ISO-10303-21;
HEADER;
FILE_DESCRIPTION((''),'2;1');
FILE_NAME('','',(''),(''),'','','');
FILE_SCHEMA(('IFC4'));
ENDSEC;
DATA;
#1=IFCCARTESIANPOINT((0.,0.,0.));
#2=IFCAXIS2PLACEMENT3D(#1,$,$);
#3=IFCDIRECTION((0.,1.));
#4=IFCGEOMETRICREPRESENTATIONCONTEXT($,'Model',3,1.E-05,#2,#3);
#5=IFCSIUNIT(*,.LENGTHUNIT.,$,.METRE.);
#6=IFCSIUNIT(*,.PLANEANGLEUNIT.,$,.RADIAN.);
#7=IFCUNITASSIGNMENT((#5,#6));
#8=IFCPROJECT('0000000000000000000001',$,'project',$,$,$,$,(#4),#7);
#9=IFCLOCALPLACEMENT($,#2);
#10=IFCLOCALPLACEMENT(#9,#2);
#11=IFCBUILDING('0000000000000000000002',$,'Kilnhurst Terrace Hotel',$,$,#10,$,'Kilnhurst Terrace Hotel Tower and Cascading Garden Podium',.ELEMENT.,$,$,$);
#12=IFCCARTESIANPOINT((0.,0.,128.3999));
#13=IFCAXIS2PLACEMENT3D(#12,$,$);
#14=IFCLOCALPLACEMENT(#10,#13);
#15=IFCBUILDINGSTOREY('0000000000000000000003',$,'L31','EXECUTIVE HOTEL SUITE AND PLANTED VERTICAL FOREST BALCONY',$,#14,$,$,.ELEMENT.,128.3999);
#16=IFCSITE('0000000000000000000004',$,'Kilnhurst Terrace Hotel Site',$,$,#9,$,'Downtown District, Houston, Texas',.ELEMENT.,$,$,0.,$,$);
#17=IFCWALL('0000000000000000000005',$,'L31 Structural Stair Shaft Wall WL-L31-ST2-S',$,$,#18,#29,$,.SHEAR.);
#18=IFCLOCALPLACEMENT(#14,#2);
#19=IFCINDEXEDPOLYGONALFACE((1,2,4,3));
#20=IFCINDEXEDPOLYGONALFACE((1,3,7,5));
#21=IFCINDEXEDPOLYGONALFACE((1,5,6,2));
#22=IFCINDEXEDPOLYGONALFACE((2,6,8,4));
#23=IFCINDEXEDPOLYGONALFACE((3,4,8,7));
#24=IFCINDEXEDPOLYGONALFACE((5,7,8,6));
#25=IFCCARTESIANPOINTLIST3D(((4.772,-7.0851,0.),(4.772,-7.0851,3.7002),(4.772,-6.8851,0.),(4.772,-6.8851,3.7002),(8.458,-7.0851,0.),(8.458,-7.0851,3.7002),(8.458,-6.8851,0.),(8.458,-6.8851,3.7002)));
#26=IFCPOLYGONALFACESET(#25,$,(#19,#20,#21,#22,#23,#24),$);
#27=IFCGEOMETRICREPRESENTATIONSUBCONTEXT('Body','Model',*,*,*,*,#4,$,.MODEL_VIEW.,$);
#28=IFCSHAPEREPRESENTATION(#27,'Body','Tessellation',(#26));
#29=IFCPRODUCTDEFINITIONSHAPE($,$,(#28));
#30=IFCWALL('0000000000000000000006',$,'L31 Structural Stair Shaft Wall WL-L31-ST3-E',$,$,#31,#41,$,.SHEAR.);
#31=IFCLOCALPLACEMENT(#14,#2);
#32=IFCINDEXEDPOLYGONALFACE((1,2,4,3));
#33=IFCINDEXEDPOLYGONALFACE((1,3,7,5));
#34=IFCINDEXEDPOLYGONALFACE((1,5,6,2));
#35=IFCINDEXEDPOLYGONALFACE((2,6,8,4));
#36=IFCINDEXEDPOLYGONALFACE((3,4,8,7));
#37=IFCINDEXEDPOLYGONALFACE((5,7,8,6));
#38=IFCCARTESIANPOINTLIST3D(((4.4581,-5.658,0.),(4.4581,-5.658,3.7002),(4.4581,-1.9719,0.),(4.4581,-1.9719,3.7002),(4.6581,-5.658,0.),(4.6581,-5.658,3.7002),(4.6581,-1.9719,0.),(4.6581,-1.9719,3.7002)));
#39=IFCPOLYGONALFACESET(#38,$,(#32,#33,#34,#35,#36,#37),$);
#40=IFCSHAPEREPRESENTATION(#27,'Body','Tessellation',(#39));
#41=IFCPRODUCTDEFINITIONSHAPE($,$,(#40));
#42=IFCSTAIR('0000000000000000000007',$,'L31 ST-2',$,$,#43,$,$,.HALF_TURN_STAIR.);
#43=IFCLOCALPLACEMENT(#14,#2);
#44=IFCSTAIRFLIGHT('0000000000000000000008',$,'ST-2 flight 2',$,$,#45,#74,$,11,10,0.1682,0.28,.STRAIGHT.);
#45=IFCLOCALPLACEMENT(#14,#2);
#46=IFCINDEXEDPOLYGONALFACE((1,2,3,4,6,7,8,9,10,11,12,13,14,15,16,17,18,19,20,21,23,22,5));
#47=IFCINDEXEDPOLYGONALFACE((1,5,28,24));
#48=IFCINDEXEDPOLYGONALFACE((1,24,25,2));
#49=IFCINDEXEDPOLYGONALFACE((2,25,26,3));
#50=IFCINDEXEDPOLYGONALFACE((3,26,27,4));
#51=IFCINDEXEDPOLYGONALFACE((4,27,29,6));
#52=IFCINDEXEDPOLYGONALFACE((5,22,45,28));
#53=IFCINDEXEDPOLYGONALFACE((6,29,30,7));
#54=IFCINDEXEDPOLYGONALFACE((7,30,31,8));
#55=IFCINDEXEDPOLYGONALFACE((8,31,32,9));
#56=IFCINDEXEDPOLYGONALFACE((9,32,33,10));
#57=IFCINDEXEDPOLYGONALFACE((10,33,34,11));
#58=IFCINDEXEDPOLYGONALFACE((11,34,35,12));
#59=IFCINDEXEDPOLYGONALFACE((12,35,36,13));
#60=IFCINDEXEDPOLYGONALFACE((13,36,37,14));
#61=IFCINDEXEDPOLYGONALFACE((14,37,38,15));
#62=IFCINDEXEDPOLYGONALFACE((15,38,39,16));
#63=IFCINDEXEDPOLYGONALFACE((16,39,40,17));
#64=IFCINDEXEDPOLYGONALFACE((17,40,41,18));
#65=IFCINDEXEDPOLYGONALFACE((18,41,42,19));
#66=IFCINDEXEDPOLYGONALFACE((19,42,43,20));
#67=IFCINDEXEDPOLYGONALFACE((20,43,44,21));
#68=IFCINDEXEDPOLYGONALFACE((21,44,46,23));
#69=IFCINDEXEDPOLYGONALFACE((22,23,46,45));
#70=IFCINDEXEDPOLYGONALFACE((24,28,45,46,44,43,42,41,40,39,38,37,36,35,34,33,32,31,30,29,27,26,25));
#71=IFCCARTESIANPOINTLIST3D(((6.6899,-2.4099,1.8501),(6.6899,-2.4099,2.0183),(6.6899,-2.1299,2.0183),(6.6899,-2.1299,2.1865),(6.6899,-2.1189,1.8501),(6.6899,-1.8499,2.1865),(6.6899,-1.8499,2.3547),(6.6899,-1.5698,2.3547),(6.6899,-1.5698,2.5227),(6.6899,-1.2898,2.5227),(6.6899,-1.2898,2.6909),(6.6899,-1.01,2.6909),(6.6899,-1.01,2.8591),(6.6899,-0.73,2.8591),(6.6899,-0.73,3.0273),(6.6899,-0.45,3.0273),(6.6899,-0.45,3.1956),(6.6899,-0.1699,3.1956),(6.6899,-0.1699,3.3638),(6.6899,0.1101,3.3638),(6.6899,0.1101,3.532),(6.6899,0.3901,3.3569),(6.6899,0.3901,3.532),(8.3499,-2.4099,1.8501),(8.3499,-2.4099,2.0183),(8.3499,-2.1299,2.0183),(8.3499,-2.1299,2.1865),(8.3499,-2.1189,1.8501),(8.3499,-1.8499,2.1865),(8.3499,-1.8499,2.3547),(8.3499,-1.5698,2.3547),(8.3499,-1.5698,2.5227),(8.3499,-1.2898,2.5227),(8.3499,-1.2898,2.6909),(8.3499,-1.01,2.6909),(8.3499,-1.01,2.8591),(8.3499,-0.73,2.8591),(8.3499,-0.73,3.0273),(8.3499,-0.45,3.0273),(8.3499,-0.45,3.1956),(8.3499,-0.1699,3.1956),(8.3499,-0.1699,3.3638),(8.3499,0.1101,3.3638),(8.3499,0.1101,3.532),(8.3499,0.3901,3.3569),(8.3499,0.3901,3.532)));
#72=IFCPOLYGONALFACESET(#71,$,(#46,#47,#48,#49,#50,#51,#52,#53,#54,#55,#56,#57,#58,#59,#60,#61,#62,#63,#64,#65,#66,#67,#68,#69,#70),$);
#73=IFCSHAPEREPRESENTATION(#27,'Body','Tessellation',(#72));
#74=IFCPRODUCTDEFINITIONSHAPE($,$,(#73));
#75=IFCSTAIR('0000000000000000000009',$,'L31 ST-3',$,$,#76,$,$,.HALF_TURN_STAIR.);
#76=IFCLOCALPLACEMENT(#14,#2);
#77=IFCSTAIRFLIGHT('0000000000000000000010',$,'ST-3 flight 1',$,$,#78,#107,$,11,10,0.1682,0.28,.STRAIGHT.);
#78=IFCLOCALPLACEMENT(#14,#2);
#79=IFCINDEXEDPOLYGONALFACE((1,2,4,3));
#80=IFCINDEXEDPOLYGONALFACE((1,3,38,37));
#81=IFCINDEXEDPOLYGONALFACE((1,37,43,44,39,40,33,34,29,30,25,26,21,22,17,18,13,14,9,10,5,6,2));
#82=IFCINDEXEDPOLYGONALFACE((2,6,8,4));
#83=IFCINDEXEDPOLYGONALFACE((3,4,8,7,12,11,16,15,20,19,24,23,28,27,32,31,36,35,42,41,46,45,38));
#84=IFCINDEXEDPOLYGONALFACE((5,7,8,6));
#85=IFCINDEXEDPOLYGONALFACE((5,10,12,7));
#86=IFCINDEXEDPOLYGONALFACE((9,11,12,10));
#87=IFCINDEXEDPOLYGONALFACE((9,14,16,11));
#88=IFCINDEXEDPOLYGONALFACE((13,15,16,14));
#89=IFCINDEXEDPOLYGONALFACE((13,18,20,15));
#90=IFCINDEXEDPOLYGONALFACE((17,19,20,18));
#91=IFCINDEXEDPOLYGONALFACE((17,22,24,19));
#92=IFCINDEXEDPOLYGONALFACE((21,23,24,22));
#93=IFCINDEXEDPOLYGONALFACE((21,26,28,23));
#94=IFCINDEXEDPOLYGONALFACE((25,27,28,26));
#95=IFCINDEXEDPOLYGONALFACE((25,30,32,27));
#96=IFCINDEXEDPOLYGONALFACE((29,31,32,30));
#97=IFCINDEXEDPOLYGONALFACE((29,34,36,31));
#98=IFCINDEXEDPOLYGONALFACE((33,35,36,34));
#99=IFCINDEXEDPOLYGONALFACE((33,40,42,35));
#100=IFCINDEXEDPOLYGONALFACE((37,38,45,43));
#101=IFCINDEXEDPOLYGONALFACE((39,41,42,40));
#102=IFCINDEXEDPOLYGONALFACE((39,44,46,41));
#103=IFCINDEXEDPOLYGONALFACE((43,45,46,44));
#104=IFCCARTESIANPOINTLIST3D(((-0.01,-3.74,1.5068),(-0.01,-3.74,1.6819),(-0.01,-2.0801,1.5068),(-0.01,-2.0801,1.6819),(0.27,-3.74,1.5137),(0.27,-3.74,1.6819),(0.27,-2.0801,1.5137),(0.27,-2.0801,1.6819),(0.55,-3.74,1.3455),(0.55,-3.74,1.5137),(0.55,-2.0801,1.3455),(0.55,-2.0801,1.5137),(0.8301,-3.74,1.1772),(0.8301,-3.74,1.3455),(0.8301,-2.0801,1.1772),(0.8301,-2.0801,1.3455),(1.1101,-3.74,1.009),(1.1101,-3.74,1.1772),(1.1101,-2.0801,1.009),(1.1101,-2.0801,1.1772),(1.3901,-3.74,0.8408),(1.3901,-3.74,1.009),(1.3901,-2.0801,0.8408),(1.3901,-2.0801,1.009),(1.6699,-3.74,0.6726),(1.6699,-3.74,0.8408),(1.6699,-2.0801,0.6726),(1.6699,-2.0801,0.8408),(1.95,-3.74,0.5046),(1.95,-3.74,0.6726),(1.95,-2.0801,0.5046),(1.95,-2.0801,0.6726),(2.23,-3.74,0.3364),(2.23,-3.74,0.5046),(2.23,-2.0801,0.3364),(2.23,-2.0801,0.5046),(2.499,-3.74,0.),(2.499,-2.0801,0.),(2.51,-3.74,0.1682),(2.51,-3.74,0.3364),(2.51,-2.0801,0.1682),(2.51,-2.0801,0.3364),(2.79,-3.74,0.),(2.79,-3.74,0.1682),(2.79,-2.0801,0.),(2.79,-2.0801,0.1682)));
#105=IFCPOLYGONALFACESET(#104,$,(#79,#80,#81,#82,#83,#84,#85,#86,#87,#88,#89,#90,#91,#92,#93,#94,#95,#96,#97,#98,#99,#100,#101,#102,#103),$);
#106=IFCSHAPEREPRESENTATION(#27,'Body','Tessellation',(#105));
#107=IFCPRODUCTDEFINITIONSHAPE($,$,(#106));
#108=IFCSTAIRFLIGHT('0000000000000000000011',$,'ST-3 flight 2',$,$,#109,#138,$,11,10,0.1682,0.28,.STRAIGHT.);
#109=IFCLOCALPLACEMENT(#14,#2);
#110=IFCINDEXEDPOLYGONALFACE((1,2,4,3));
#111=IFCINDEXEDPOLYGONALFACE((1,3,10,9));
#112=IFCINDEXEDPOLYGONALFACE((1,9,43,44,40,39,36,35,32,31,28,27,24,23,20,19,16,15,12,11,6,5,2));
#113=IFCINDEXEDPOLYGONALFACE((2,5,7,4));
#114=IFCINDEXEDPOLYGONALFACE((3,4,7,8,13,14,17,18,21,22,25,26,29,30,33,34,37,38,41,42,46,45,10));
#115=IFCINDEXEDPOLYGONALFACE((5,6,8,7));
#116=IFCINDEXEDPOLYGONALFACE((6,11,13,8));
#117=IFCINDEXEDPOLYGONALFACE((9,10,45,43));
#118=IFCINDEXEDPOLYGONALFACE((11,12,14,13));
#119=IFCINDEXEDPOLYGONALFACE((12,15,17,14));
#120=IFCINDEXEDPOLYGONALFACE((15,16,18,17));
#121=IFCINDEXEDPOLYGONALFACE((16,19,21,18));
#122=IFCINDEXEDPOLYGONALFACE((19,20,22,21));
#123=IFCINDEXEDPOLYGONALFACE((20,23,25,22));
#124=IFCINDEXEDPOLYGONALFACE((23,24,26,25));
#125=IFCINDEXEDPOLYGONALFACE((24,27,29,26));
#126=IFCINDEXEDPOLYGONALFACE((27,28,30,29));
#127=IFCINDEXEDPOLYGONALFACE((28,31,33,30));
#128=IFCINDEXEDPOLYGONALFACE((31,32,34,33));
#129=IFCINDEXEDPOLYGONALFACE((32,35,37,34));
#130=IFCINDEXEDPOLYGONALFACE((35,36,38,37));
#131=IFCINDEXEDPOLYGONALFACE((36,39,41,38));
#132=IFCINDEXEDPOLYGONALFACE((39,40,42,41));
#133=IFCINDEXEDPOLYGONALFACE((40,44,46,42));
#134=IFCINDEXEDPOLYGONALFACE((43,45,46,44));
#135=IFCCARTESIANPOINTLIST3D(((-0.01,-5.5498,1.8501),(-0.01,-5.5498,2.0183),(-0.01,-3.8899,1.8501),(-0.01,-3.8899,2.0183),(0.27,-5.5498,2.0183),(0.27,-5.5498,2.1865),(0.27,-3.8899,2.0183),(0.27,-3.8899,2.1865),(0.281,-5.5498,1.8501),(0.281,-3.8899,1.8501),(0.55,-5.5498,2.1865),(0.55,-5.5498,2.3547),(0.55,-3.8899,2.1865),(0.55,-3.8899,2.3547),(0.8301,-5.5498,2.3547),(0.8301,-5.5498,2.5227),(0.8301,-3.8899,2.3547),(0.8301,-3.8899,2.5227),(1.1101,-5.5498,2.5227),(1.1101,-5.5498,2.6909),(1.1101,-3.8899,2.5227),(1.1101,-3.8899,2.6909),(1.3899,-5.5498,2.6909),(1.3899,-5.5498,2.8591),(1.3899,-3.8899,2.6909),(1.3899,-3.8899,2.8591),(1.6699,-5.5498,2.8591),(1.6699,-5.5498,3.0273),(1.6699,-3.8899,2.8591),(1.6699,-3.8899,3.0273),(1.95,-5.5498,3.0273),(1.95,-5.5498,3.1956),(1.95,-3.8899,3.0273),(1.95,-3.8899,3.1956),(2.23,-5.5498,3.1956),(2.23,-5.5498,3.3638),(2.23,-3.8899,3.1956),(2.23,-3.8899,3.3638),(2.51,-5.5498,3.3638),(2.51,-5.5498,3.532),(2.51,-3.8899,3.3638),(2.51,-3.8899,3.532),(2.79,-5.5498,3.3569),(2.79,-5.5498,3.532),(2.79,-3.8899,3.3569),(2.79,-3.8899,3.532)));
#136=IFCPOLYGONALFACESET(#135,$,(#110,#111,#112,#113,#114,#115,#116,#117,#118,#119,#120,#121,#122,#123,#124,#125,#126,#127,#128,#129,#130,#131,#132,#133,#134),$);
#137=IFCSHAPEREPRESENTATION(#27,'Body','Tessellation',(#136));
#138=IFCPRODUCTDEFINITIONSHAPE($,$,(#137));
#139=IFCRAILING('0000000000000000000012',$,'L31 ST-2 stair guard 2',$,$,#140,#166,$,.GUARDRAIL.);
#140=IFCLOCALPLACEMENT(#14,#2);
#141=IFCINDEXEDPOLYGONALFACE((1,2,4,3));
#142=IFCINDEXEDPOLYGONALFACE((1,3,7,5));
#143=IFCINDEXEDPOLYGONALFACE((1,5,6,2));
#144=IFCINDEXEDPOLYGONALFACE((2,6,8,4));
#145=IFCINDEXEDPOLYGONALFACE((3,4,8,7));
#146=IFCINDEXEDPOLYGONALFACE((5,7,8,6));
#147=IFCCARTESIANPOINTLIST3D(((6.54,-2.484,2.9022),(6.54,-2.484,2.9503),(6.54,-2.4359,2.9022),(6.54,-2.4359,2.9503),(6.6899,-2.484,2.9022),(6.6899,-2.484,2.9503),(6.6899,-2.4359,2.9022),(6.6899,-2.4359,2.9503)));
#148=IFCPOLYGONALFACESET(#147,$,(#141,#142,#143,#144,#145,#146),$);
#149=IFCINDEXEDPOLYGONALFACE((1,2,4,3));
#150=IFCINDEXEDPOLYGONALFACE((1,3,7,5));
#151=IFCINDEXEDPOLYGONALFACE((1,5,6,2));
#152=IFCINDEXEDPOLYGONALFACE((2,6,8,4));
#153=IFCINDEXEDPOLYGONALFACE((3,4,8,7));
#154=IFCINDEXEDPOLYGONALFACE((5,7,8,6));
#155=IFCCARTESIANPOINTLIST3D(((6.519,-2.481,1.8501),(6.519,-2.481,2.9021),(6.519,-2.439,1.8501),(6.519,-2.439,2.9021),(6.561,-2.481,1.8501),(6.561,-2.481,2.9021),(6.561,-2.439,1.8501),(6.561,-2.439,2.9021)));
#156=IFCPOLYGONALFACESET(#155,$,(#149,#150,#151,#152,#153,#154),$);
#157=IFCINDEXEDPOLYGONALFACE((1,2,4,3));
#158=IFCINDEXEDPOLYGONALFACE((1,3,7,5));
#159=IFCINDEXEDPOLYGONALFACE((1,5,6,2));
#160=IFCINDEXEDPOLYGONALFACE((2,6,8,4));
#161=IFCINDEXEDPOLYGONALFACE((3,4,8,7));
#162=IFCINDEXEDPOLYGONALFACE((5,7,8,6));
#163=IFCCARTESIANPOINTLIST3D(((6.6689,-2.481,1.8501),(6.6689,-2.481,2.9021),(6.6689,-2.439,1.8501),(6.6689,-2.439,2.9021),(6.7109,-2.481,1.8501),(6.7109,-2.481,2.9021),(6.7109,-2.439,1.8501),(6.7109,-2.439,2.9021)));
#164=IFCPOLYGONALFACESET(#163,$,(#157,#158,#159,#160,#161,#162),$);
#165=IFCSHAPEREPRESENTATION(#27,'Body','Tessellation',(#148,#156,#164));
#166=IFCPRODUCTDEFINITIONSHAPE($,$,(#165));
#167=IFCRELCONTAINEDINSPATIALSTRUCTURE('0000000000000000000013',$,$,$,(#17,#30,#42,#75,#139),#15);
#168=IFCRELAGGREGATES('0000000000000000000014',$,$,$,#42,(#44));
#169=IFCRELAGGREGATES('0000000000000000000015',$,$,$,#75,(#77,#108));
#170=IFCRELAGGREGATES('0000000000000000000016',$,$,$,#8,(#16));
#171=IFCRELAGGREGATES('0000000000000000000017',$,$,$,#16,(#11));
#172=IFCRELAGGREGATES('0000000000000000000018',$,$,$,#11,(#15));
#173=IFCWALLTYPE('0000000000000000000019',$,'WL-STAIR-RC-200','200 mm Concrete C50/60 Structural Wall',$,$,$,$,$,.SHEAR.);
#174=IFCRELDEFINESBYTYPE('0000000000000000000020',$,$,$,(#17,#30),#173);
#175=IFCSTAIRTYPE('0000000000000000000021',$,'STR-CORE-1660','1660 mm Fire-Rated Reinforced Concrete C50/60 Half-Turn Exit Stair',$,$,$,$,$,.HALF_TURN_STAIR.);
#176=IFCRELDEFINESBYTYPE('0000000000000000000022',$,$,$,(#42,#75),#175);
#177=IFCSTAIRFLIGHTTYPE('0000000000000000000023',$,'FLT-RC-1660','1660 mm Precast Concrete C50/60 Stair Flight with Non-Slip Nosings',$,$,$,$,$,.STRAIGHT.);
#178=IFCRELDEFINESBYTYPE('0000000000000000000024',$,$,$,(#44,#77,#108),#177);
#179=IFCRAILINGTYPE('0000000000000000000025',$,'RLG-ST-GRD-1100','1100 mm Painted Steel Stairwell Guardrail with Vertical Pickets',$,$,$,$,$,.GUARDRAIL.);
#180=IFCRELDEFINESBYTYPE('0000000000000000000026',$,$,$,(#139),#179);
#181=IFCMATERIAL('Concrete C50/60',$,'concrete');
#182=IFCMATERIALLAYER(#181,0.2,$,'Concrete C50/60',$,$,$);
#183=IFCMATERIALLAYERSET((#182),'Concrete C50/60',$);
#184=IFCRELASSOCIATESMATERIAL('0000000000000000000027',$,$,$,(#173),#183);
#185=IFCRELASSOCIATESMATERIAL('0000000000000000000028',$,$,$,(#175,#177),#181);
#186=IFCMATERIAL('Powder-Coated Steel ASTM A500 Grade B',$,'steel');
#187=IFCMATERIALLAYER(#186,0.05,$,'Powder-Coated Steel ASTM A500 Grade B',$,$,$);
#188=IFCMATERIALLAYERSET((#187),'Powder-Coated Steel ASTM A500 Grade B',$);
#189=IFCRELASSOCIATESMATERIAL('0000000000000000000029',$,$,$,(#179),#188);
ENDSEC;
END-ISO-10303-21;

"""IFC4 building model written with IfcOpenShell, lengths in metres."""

from ifc_helpers import new_model, si_unit, direction, frame, frame_2d, origin, origin_2d, place, context, subcontext, project, spatial, polyline, rectangle, outline, extrude, material, layer, layer_set, type_object, element, aggregate, save


model = new_model("IFC4")

# Units and contexts
model_context = context("Model", 3, precision=1e-05, world=origin(), true_north=direction((0.0, 1.0)))
body_context = subcontext(model_context, "Body", "Model", "MODEL_VIEW")
ifc_project = project(units=[si_unit("LENGTHUNIT", "METRE"), si_unit("PLANEANGLEUNIT", "RADIAN")], contexts=[model_context])

# Site, building, storey
site_placement = place(None, origin())
site = spatial("IfcSite", under=ifc_project, at=site_placement, Name="Kilnhurst Terrace Hotel Site", LongName="Downtown District, Houston, Texas", CompositionType="ELEMENT", RefElevation=0.0)
building_placement = place(site_placement, origin())
building = spatial("IfcBuilding", under=site, at=building_placement, Name="Kilnhurst Terrace Hotel", LongName="Kilnhurst Terrace Hotel Tower and Cascading Garden Podium", CompositionType="ELEMENT")
storey_placement = place(building_placement, frame((0.0, 0.0, 128.3999)))
storey = spatial("IfcBuildingStorey", under=building, at=storey_placement, Name="L31", Description="EXECUTIVE HOTEL SUITE AND PLANTED VERTICAL FOREST BALCONY", CompositionType="ELEMENT", Elevation=128.3999)

# Shared definitions
ifc_material_1 = material(Name="Concrete C50/60", Category="concrete")

# Walls
ifc_layer_1 = layer(ifc_material_1, 0.2, Name="Concrete C50/60")
ifc_layer_set_1 = layer_set([ifc_layer_1], Name="Concrete C50/60")
wall_type_1 = type_object("IfcWallType", Name="WL-STAIR-RC-200", Description="200 mm Concrete C50/60 Structural Wall", PredefinedType="SHEAR", material=ifc_layer_set_1)
for number, where, z_axis, x_axis, name in (
    (1, (4.772, -6.9851, 0.0), (0.0, 0.0, 1.0), (1.0, 0.0, 0.0), "L31 Structural Stair Shaft Wall WL-L31-ST2-S"),
    (2, (4.5581, -5.658, 0.0), (0.0, 0.0, 1.0), (0.0, 1.0, 0.0), "L31 Structural Stair Shaft Wall WL-L31-ST3-E"),
):
    element("IfcWall", number, at=place(storey_placement, frame(where, z_axis=z_axis, x_axis=x_axis)), inside=storey, type_object=wall_type_1, Name=name, PredefinedType="SHEAR", context=body_context, shape_type="SweptSolid", body=[
        extrude(rectangle(XDim=3.686, YDim=0.2, at=frame_2d((1.843, 0.0))), origin(), (0.0, 0.0, 1.0), 3.7002),
    ])

# Stair, stair flight
stair_type = type_object("IfcStairType", Name="STR-CORE-1660", Description="1660 mm Fire-Rated Reinforced Concrete C50/60 Half-Turn Exit Stair", PredefinedType="HALF_TURN_STAIR", material=ifc_material_1)
stair_1_placement = place(storey_placement, origin())
stair_1 = element("IfcStair", 3, at=stair_1_placement, inside=storey, type_object=stair_type, Name="L31 ST-2", PredefinedType="HALF_TURN_STAIR")
stair_flight_type = type_object("IfcStairFlightType", Name="FLT-RC-1660", Description="1660 mm Precast Concrete C50/60 Stair Flight with Non-Slip Nosings", PredefinedType="STRAIGHT", material=ifc_material_1)
stair_flight_1_placement = place(storey_placement, frame((7.52, -2.4099, 1.8501), z_axis=(0.0, 0.0, 1.0), x_axis=(0.0, 1.0, 0.0)))
stair_flight_1 = element("IfcStairFlight", 4, at=stair_flight_1_placement, type_object=stair_flight_type, Name="ST-2 flight 2", NumberOfRisers=11, NumberOfTreads=10, PredefinedType="STRAIGHT", RiserHeight=0.1682, TreadLength=0.28, context=body_context, shape_type="SweptSolid", body=[
    extrude(outline(polyline([(0.0, 0.0), (0.0, 0.1682), (0.28, 0.1682), (0.28, 0.3364), (0.5601, 0.3364), (0.5601, 0.5046), (0.8401, 0.5046), (0.8401, 0.6726), (1.1201, 0.6726), (1.1201, 0.8408), (1.3999, 0.8408), (1.3999, 1.009), (1.6799, 1.009), (1.6799, 1.1772), (1.96, 1.1772), (1.96, 1.3455), (2.24, 1.3455), (2.24, 1.5137), (2.52, 1.5137), (2.52, 1.6819), (2.8, 1.6819), (2.8, 1.8501), (2.8, 1.5068), (0.291, 0.0), (0.0, 0.0)])), frame((0.0, 0.8301, 0.0), z_axis=(0.0, -1.0, 0.0), x_axis=(1.0, 0.0, 0.0)), (0.0, 0.0, 1.0), 1.6599),
])
aggregate(stair_1, [stair_flight_1])

# Stair, stair flights
stair_2_placement = place(storey_placement, origin())
stair_2 = element("IfcStair", 5, at=stair_2_placement, inside=storey, type_object=stair_type, Name="L31 ST-3", PredefinedType="HALF_TURN_STAIR")
stair_flight_2_placement = place(storey_placement, frame((2.79, -2.9099, 0.0), z_axis=(0.0, 0.0, 1.0), x_axis=(-1.0, 0.0, 0.0)))
stair_flight_2 = element("IfcStairFlight", 6, at=stair_flight_2_placement, type_object=stair_flight_type, Name="ST-3 flight 1", NumberOfRisers=11, NumberOfTreads=10, PredefinedType="STRAIGHT", RiserHeight=0.1682, TreadLength=0.28, context=body_context, shape_type="SweptSolid", body=[
    extrude(outline(polyline([(0.0, 0.0), (0.0, 0.1682), (0.28, 0.1682), (0.28, 0.3364), (0.5601, 0.3364), (0.5601, 0.5046), (0.8401, 0.5046), (0.8401, 0.6726), (1.1201, 0.6726), (1.1201, 0.8408), (1.3999, 0.8408), (1.3999, 1.009), (1.6799, 1.009), (1.6799, 1.1772), (1.96, 1.1772), (1.96, 1.3455), (2.24, 1.3455), (2.24, 1.5137), (2.52, 1.5137), (2.52, 1.6819), (2.8, 1.6819), (2.8, 1.8501), (2.8, 1.5068), (0.291, 0.0), (0.0, 0.0)])), frame((0.0, 0.8301, 0.0), z_axis=(0.0, -1.0, 0.0), x_axis=(1.0, 0.0, 0.0)), (0.0, 0.0, 1.0), 1.6599),
])
stair_flight_3_placement = place(storey_placement, frame((-0.01, -4.72, 1.8501), z_axis=(0.0, 0.0, 1.0), x_axis=(1.0, 0.0, 0.0)))
stair_flight_3 = element("IfcStairFlight", 7, at=stair_flight_3_placement, type_object=stair_flight_type, Name="ST-3 flight 2", NumberOfRisers=11, NumberOfTreads=10, PredefinedType="STRAIGHT", RiserHeight=0.1682, TreadLength=0.28, context=body_context, shape_type="SweptSolid", body=[
    extrude(outline(polyline([(0.0, 0.0), (0.0, 0.1682), (0.28, 0.1682), (0.28, 0.3364), (0.5601, 0.3364), (0.5601, 0.5046), (0.8401, 0.5046), (0.8401, 0.6726), (1.1201, 0.6726), (1.1201, 0.8408), (1.3999, 0.8408), (1.3999, 1.009), (1.6799, 1.009), (1.6799, 1.1772), (1.96, 1.1772), (1.96, 1.3455), (2.24, 1.3455), (2.24, 1.5137), (2.52, 1.5137), (2.52, 1.6819), (2.8, 1.6819), (2.8, 1.8501), (2.8, 1.5068), (0.291, 0.0), (0.0, 0.0)])), frame((0.0, 0.8301, 0.0), z_axis=(0.0, -1.0, 0.0), x_axis=(1.0, 0.0, 0.0)), (0.0, 0.0, 1.0), 1.6599),
])
aggregate(stair_2, [stair_flight_2, stair_flight_3])

# Railing
ifc_material_2 = material(Name="Powder-Coated Steel ASTM A500 Grade B", Category="steel")
ifc_layer_2 = layer(ifc_material_2, 0.05, Name="Powder-Coated Steel ASTM A500 Grade B")
ifc_layer_set_2 = layer_set([ifc_layer_2], Name="Powder-Coated Steel ASTM A500 Grade B")
railing_type_1 = type_object("IfcRailingType", Name="RLG-ST-GRD-1100", Description="1100 mm Painted Steel Stairwell Guardrail with Vertical Pickets", PredefinedType="GUARDRAIL", material=ifc_layer_set_2)
railing_1_placement = place(storey_placement, frame((6.54, -2.46, 1.8501)))
element("IfcRailing", 8, at=railing_1_placement, inside=storey, type_object=railing_type_1, Name="L31 ST-2 stair guard 2", PredefinedType="GUARDRAIL", context=body_context, shape_type="SweptSolid", body=[
    extrude(rectangle(XDim=0.0481, YDim=0.0481, at=origin_2d()), frame((0.0, 0.0, 1.0762), z_axis=(1.0, 0.0, 0.0), x_axis=(0.0, 1.0, 0.0)), (0.0, 0.0, 1.0), 0.1499),
    extrude(rectangle(XDim=0.042, YDim=0.042, at=origin_2d()), origin(), (0.0, 0.0, 1.0), 1.052),
    extrude(rectangle(XDim=0.042, YDim=0.042, at=origin_2d()), frame((0.1499, 0.0, 0.0)), (0.0, 0.0, 1.0), 1.052),
])

save(model, "model.ifc")
